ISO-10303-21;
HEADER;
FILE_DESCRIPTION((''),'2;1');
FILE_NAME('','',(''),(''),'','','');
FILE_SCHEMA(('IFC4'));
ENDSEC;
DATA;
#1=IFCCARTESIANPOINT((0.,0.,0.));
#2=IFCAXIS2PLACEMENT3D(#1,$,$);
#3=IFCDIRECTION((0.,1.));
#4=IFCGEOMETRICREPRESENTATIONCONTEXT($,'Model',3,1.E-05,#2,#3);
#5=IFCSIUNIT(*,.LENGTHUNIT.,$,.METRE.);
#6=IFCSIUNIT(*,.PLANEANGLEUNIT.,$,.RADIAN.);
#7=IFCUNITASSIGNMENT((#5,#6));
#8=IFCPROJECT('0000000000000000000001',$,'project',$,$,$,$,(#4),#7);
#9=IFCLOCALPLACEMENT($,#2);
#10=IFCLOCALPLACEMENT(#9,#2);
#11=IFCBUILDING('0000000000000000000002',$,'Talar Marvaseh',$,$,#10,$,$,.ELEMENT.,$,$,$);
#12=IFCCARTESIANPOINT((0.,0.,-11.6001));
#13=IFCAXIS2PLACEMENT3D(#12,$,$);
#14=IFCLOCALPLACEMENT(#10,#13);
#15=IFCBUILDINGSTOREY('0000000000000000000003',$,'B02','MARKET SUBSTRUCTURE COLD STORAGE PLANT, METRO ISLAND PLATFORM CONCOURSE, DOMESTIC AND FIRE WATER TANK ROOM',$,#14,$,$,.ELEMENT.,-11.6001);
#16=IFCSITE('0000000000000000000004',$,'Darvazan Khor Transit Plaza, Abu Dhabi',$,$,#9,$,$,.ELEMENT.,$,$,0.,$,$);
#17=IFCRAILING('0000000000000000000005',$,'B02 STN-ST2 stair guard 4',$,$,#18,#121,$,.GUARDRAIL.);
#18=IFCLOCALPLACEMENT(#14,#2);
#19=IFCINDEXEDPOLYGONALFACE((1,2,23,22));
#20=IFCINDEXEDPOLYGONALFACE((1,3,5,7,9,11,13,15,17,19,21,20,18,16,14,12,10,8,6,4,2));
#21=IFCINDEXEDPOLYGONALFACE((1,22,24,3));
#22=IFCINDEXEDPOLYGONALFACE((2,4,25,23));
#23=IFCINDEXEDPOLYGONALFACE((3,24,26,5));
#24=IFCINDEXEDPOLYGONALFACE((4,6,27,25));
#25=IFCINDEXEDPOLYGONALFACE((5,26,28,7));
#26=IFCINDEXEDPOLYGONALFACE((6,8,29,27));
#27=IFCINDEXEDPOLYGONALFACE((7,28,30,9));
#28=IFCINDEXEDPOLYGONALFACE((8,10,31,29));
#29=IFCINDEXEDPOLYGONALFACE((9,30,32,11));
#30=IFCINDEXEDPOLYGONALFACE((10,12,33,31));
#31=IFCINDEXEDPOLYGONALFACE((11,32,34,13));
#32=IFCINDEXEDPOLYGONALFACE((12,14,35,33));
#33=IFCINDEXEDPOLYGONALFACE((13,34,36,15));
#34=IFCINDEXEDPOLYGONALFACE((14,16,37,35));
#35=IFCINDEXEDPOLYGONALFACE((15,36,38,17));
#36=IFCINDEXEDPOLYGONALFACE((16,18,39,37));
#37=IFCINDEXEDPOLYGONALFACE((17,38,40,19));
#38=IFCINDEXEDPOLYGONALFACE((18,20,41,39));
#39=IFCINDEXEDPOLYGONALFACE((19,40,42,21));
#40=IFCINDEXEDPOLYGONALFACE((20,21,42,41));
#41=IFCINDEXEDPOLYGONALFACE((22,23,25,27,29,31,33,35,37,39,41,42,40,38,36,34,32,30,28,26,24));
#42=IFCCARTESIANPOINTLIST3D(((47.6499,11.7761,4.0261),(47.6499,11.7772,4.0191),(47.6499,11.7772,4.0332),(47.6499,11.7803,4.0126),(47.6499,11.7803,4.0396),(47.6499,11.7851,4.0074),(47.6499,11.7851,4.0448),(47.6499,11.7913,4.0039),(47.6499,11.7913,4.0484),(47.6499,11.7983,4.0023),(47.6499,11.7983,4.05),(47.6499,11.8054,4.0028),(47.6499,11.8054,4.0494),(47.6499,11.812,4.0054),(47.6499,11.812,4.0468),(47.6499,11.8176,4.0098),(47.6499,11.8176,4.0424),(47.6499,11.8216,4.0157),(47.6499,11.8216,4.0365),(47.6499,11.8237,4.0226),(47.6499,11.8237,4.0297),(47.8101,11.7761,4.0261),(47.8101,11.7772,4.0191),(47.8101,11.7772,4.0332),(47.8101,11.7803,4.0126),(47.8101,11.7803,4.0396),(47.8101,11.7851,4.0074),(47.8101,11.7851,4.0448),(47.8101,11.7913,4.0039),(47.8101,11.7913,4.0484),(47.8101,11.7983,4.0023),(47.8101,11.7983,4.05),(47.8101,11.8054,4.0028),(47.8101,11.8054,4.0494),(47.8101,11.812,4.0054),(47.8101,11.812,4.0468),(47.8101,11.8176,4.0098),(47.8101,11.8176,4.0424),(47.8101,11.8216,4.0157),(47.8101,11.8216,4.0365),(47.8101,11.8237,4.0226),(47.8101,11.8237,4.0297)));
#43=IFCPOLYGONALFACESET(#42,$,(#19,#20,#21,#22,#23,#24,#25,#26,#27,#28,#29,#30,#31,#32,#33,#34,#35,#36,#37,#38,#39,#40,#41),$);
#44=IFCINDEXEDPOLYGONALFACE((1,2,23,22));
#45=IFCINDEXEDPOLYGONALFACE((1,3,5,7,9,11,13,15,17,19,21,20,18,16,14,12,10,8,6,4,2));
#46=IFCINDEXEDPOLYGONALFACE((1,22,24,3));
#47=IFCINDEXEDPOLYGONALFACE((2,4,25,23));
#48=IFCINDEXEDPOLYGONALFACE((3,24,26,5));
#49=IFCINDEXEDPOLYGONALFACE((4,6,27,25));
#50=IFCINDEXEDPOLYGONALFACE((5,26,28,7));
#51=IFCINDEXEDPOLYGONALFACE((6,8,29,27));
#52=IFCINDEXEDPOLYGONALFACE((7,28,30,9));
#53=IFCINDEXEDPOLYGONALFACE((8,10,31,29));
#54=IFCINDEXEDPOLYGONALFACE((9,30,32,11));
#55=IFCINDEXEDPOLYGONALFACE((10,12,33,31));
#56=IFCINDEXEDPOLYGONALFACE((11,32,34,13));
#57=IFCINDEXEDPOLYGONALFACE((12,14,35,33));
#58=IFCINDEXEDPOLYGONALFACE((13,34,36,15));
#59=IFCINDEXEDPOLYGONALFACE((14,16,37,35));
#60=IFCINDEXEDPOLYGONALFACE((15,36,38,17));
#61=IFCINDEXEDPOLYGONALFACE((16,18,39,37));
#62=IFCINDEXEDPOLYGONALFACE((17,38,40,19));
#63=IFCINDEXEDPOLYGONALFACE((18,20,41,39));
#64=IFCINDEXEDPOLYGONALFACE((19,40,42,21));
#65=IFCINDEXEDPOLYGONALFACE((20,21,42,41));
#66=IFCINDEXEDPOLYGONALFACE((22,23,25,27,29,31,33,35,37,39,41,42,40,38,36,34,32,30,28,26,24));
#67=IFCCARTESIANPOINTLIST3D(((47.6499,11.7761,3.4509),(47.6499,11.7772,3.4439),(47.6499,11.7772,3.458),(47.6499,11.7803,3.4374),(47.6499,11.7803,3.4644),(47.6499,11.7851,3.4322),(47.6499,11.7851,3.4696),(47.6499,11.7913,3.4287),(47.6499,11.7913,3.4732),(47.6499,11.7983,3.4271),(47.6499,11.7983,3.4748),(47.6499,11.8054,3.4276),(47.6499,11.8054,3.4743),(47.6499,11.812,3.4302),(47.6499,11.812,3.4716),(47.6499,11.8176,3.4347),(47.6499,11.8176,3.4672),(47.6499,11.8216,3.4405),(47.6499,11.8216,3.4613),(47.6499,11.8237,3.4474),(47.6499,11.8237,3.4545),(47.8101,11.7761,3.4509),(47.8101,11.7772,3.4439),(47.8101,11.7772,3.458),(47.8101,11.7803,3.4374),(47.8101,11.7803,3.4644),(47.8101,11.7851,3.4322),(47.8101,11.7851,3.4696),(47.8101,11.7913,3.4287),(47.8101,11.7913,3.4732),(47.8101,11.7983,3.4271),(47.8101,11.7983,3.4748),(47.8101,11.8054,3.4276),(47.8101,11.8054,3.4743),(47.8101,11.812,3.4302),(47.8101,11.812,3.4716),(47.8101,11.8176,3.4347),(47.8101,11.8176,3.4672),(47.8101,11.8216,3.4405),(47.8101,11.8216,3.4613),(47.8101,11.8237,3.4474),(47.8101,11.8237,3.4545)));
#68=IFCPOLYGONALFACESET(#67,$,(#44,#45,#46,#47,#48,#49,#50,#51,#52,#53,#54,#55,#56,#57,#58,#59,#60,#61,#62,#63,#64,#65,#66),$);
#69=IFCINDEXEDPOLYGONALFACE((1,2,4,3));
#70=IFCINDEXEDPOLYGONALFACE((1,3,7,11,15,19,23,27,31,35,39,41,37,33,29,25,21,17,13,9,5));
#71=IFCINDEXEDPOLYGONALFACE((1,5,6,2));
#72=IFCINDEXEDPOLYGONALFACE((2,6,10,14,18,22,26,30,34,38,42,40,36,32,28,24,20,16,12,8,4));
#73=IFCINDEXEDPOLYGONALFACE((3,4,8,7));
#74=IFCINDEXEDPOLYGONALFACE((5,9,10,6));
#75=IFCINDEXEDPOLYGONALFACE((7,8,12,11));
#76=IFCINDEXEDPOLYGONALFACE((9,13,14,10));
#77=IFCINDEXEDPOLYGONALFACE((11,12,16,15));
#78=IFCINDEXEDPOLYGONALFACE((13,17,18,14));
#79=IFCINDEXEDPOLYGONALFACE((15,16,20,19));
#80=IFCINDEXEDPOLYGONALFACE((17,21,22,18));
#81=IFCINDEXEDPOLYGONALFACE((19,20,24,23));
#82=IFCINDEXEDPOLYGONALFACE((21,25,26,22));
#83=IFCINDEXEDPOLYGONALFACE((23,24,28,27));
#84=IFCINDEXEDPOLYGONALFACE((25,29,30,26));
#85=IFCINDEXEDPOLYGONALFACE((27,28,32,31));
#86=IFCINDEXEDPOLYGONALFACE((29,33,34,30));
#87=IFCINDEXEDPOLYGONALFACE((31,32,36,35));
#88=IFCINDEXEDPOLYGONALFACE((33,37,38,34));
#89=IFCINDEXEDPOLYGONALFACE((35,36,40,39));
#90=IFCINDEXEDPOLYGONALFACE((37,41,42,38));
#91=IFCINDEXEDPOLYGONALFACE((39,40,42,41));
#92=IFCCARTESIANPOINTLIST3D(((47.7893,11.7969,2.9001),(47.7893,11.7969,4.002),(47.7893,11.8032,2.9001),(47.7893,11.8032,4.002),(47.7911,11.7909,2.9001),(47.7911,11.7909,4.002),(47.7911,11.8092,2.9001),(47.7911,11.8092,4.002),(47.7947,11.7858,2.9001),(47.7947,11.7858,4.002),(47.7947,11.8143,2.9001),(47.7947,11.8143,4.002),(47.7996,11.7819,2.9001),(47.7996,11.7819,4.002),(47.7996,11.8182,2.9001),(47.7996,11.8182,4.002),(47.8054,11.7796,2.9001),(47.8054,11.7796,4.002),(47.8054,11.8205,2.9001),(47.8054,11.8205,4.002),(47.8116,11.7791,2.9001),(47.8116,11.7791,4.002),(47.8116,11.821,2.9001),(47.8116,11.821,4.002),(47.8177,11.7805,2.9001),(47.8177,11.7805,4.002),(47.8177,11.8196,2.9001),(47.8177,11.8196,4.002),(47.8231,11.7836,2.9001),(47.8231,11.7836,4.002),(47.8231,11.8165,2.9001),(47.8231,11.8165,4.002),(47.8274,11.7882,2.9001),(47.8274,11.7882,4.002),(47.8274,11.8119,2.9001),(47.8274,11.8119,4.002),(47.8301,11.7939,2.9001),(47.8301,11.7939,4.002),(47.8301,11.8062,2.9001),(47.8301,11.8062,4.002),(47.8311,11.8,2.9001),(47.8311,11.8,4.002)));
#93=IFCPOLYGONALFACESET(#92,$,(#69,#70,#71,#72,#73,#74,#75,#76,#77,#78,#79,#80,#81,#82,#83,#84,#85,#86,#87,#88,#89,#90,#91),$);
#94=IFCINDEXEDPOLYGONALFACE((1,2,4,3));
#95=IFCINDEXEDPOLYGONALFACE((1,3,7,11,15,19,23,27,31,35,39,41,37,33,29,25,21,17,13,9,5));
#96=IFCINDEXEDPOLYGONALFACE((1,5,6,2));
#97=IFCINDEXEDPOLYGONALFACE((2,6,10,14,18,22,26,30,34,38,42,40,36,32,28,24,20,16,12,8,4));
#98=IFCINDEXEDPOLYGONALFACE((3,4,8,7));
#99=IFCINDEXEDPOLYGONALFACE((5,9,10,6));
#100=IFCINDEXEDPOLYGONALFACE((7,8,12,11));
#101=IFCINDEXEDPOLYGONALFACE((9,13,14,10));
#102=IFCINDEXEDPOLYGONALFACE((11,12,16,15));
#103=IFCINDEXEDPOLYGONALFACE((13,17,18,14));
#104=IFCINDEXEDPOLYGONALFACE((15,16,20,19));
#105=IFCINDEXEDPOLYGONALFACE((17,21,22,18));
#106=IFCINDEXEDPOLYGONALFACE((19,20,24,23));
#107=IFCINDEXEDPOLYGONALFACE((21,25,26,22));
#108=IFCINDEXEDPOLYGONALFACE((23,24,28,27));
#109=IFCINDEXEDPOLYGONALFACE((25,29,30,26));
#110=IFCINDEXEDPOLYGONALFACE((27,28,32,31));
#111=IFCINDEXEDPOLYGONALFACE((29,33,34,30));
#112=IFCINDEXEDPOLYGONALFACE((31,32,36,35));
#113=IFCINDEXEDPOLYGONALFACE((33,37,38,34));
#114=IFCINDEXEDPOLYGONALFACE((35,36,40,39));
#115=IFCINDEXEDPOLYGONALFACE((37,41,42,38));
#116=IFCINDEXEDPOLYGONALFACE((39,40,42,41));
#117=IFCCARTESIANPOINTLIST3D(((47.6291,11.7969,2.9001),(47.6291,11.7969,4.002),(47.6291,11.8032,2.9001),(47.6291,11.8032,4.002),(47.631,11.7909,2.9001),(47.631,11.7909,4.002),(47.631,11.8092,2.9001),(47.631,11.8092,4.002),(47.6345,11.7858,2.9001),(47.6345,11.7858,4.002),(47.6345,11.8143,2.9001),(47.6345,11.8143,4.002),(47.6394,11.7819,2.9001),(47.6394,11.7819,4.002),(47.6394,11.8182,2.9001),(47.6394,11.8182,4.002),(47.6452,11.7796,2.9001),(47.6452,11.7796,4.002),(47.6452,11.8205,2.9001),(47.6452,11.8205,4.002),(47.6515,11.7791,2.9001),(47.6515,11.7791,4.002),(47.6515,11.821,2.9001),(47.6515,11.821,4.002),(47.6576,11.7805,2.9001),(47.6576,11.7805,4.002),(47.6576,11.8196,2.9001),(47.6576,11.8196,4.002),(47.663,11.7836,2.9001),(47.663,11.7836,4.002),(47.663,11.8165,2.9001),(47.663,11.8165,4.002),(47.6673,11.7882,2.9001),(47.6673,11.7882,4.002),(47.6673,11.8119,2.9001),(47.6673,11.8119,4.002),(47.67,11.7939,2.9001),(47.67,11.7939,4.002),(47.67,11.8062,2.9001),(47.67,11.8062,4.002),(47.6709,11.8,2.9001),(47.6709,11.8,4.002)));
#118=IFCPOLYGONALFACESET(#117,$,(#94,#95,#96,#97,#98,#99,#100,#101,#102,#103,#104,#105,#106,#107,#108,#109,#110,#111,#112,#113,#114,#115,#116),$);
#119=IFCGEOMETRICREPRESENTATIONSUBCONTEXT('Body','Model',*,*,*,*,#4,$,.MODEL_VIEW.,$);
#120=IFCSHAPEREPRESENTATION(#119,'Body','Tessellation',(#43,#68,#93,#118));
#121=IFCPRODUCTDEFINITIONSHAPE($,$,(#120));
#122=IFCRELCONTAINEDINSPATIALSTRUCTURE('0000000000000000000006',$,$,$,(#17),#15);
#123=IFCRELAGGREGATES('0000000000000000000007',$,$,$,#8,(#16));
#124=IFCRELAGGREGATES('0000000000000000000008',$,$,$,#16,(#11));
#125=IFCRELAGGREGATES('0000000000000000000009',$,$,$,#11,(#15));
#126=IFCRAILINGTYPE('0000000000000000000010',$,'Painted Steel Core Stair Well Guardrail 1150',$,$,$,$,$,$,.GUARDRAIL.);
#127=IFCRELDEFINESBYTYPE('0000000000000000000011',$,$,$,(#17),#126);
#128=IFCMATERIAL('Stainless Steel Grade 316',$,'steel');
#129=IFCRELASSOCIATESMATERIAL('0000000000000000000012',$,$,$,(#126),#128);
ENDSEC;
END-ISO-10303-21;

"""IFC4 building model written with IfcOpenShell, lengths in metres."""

from ifc_helpers import new_model, si_unit, direction, frame, origin, origin_2d, place, context, subcontext, project, spatial, circle, extrude, material, type_object, element, save


model = new_model("IFC4")

# Units and contexts
model_context = context("Model", 3, precision=1e-05, world=origin(), true_north=direction((0.0, 1.0)))
body_context = subcontext(model_context, "Body", "Model", "MODEL_VIEW")
ifc_project = project(units=[si_unit("LENGTHUNIT", "METRE"), si_unit("PLANEANGLEUNIT", "RADIAN")], contexts=[model_context])

# Site, building, storey
site_placement = place(None, origin())
site = spatial("IfcSite", under=ifc_project, at=site_placement, Name="Darvazan Khor Transit Plaza, Abu Dhabi", CompositionType="ELEMENT", RefElevation=0.0)
building_placement = place(site_placement, origin())
building = spatial("IfcBuilding", under=site, at=building_placement, Name="Talar Marvaseh", CompositionType="ELEMENT")
storey_placement = place(building_placement, frame((0.0, 0.0, -11.6001)))
storey = spatial("IfcBuildingStorey", under=building, at=storey_placement, Name="B02", Description="MARKET SUBSTRUCTURE COLD STORAGE PLANT, METRO ISLAND PLATFORM CONCOURSE, DOMESTIC AND FIRE WATER TANK ROOM", CompositionType="ELEMENT", Elevation=-11.6001)

# Railing
ifc_material_1 = material(Name="Stainless Steel Grade 316", Category="steel")
railing_type_1 = type_object("IfcRailingType", Name="Painted Steel Core Stair Well Guardrail 1150", PredefinedType="GUARDRAIL", material=ifc_material_1)
railing_1_placement = place(storey_placement, frame((47.8101, 11.8, 2.9001)))
element("IfcRailing", 1, at=railing_1_placement, inside=storey, type_object=railing_type_1, Name="B02 STN-ST2 stair guard 4", PredefinedType="GUARDRAIL", context=body_context, shape_type="SweptSolid", body=[
    extrude(circle(Radius=0.0239, at=origin_2d()), frame((0.0, 0.0, 1.126), z_axis=(-1.0, 0.0, 0.0), x_axis=(0.0, -1.0, 0.0)), (0.0, 0.0, 1.0), 0.1602),
    extrude(circle(Radius=0.0239, at=origin_2d()), frame((0.0, 0.0, 0.5508), z_axis=(-1.0, 0.0, 0.0), x_axis=(0.0, -1.0, 0.0)), (0.0, 0.0, 1.0), 0.1602),
    extrude(circle(Radius=0.021, at=origin_2d()), origin(), (0.0, 0.0, 1.0), 1.1018),
    extrude(circle(Radius=0.021, at=origin_2d()), frame((-0.1602, 0.0, 0.0)), (0.0, 0.0, 1.0), 1.1018),
])

save(model, "model.ifc")
